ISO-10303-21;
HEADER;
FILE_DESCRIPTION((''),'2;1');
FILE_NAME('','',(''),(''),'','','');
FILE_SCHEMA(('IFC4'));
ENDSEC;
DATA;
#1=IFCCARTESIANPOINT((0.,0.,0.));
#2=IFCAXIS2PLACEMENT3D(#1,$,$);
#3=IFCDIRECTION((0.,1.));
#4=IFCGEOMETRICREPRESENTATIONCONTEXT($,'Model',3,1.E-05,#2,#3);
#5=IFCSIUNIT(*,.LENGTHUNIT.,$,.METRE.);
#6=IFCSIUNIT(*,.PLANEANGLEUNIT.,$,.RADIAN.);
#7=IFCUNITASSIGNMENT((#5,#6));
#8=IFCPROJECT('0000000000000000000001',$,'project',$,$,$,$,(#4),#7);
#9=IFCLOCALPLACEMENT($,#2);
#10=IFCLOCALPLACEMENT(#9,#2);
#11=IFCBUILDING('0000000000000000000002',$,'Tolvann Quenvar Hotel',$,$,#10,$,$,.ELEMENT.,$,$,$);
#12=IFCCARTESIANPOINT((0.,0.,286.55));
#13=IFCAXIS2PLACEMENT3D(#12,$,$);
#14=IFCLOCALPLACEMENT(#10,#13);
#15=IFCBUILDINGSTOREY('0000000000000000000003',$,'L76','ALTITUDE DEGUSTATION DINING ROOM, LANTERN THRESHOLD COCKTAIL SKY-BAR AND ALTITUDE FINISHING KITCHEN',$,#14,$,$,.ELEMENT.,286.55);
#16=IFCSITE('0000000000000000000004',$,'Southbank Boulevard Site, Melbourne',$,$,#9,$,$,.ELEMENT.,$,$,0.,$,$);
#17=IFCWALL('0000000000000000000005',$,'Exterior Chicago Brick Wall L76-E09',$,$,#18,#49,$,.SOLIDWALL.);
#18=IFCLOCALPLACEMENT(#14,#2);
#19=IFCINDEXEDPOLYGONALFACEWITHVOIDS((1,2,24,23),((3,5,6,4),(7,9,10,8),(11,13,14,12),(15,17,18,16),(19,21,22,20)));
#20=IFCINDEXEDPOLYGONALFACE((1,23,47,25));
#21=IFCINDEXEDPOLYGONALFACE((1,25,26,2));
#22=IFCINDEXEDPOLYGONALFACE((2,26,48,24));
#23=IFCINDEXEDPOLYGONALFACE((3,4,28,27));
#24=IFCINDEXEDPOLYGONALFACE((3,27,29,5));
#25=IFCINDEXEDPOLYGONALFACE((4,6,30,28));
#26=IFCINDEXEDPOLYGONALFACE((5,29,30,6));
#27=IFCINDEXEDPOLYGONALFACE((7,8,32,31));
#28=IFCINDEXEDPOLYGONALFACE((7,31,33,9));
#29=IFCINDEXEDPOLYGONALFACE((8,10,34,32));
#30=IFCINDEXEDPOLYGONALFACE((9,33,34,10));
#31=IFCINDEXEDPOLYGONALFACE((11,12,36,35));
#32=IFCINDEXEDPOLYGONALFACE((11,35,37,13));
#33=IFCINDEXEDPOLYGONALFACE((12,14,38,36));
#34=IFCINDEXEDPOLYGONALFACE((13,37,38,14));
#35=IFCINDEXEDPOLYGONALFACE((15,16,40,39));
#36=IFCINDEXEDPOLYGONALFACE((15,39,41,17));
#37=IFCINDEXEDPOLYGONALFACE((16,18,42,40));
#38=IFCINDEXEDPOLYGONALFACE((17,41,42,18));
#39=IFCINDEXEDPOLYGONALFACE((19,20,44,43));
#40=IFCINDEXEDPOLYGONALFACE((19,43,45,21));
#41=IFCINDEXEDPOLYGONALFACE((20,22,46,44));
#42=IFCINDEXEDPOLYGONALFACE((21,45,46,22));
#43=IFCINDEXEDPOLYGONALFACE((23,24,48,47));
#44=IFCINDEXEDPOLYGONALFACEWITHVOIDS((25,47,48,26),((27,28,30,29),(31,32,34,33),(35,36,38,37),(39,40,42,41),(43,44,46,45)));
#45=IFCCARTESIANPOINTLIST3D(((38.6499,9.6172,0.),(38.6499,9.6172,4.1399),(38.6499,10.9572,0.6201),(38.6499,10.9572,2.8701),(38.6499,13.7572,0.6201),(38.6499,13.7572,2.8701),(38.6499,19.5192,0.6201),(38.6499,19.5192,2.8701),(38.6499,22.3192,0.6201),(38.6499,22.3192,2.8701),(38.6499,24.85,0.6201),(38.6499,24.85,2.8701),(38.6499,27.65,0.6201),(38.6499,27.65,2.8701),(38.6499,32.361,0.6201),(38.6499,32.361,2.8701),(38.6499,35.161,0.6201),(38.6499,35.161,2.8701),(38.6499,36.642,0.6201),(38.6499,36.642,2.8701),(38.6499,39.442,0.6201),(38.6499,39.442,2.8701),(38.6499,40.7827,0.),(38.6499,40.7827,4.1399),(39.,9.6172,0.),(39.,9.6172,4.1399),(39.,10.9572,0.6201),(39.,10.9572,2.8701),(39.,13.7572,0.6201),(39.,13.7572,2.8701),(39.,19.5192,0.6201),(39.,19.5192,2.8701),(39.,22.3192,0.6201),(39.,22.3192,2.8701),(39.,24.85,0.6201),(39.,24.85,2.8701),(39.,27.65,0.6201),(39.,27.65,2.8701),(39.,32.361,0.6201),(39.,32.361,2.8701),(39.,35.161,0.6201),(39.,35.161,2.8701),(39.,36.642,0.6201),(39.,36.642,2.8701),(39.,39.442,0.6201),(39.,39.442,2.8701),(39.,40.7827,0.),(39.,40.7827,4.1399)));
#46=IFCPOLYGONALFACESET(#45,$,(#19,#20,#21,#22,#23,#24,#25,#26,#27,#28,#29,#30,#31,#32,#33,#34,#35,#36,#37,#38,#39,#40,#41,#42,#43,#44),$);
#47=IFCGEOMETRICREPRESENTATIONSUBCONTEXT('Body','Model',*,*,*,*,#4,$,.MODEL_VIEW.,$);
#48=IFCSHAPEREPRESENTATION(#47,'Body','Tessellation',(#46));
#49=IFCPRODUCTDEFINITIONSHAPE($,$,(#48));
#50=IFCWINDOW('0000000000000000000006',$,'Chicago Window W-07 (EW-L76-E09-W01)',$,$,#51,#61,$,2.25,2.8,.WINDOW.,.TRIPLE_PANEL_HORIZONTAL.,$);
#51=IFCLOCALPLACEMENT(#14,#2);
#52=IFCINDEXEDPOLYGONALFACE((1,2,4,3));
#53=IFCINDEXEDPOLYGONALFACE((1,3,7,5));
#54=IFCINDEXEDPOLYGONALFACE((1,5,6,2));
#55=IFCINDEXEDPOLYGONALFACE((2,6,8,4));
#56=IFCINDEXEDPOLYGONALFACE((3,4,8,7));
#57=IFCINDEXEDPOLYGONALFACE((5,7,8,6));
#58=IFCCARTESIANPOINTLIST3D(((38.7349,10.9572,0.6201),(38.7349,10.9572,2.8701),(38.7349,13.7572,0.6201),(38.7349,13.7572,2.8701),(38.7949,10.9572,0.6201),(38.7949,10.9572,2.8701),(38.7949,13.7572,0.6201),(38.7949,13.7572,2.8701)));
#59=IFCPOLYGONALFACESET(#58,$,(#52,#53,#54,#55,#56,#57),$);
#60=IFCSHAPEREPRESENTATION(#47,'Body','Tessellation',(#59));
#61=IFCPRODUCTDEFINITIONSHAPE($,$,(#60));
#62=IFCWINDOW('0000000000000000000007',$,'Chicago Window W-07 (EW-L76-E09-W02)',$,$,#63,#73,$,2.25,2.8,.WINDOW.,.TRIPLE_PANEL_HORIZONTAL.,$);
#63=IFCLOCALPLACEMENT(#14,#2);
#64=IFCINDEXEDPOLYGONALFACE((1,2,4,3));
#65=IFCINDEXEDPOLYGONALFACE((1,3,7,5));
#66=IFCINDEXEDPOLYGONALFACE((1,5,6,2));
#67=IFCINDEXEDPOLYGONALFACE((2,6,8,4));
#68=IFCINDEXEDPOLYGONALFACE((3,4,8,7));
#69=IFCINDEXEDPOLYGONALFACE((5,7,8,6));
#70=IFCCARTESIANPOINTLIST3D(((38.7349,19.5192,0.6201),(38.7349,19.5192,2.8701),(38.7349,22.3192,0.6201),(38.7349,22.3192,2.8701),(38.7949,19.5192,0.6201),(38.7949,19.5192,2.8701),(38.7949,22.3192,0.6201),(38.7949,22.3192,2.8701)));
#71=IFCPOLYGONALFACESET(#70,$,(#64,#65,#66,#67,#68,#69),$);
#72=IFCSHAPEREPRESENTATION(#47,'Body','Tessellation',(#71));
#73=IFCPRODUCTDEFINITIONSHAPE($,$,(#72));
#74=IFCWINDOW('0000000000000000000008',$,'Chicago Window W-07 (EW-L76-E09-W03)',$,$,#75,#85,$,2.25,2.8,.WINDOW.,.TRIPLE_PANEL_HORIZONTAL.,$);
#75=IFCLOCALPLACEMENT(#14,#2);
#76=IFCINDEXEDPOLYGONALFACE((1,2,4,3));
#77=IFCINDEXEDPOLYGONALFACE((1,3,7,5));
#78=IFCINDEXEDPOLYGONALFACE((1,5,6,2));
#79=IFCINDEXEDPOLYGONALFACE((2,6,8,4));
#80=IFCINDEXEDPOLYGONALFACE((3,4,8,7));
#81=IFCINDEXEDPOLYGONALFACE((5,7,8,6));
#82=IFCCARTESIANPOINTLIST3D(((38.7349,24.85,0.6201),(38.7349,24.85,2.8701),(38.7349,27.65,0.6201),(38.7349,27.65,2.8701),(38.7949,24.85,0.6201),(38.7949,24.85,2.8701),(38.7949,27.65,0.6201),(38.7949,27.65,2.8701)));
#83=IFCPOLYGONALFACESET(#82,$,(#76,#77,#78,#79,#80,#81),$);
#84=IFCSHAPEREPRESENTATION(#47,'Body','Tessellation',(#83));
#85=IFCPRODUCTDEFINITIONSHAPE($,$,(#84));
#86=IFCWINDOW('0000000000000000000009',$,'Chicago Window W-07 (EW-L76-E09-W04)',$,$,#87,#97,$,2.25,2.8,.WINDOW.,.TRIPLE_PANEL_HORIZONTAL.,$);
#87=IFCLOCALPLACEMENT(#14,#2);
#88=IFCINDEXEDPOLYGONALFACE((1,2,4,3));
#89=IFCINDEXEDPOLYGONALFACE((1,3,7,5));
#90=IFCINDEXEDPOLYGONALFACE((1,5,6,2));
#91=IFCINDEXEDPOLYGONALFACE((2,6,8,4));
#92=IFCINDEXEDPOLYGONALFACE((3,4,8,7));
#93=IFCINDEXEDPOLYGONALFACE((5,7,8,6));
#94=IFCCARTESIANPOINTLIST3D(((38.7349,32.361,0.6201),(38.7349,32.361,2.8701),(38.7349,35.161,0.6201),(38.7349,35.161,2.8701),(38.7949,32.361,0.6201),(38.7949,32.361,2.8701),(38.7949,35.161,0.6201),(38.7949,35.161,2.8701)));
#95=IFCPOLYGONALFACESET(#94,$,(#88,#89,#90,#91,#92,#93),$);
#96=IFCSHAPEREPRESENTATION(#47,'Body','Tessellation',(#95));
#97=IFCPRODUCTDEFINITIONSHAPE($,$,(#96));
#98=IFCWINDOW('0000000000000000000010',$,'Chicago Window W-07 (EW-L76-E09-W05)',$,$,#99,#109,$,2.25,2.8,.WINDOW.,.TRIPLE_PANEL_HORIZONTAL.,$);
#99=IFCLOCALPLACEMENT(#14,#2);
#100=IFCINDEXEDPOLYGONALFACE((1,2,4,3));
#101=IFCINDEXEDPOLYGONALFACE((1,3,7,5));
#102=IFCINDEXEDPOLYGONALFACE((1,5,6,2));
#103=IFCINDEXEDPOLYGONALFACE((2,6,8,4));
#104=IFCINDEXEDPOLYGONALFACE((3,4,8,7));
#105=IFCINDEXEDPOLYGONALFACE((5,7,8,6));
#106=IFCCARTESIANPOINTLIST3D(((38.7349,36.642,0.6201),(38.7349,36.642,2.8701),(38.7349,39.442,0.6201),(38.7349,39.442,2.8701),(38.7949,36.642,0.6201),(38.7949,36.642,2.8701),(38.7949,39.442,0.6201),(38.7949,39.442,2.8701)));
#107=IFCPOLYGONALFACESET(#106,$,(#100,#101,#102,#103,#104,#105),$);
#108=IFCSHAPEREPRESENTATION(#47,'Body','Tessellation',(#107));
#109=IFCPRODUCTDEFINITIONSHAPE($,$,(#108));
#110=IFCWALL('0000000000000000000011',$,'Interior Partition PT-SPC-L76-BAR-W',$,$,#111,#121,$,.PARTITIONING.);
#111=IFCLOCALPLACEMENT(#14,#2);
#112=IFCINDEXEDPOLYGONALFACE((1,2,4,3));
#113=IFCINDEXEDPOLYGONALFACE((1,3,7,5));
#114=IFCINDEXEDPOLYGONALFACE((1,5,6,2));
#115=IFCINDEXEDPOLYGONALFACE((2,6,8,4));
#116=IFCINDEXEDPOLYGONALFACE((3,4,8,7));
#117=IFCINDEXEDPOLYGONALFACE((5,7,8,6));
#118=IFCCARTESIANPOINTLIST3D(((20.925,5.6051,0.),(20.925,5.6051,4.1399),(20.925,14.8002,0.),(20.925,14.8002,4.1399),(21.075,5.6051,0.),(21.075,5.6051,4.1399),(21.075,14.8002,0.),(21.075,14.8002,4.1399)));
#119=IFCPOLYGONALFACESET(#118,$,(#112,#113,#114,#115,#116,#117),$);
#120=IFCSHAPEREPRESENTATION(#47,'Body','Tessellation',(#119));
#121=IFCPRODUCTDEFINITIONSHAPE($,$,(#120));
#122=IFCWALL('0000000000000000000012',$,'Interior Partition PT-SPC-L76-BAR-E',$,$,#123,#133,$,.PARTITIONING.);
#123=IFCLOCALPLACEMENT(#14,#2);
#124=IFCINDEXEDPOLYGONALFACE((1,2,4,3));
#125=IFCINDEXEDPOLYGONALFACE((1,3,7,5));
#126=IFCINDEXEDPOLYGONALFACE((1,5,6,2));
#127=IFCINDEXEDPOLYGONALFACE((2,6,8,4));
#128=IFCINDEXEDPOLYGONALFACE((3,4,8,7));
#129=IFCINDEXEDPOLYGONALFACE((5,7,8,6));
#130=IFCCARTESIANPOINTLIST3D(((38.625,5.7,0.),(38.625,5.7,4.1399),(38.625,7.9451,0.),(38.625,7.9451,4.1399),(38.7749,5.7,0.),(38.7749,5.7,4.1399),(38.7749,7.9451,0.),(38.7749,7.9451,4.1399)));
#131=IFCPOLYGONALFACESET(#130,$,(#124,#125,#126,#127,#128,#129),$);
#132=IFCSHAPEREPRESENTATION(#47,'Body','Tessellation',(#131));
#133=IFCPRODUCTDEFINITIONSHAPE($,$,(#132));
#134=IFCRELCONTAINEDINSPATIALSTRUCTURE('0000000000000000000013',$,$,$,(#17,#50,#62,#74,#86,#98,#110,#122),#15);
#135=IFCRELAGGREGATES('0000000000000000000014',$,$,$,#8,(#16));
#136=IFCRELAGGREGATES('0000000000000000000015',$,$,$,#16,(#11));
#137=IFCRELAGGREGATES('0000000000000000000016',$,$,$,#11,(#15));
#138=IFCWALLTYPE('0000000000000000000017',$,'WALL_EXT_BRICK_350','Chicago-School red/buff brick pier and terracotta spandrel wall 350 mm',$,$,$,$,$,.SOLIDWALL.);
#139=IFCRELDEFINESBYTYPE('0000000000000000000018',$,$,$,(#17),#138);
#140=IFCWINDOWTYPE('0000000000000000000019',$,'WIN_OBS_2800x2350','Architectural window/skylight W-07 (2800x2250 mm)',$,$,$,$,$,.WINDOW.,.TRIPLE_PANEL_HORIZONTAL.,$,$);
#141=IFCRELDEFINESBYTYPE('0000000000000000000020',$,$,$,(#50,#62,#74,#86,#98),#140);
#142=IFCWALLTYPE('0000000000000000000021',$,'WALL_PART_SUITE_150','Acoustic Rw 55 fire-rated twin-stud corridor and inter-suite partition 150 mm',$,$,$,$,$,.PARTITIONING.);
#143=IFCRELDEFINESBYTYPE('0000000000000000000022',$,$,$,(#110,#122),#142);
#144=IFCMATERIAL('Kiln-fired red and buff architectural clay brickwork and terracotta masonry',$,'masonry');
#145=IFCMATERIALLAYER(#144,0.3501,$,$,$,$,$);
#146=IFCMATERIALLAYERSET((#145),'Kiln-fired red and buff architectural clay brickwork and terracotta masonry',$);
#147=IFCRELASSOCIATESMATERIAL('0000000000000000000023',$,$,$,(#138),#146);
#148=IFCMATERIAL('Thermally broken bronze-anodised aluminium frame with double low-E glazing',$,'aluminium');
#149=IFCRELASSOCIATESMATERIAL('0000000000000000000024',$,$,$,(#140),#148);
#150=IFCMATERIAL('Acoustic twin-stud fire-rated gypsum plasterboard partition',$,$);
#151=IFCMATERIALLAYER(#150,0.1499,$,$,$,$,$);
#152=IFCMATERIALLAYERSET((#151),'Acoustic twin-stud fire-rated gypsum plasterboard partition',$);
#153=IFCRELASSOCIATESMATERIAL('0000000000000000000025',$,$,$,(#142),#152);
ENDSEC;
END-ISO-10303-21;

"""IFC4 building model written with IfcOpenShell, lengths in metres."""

from ifc_helpers import new_model, si_unit, direction, frame, frame_2d, origin, place, context, subcontext, project, spatial, rectangle, extrude, source, transform, mapped, material, layer, layer_set, type_object, type_shapes, element, fill, save


model = new_model("IFC4")

# Units and contexts
model_context = context("Model", 3, precision=1e-05, world=origin(), true_north=direction((0.0, 1.0)))
body_context = subcontext(model_context, "Body", "Model", "MODEL_VIEW")
ifc_project = project(units=[si_unit("LENGTHUNIT", "METRE"), si_unit("PLANEANGLEUNIT", "RADIAN")], contexts=[model_context])

# Site, building, storey
site_placement = place(None, origin())
site = spatial("IfcSite", under=ifc_project, at=site_placement, Name="Southbank Boulevard Site, Melbourne", CompositionType="ELEMENT", RefElevation=0.0)
building_placement = place(site_placement, origin())
building = spatial("IfcBuilding", under=site, at=building_placement, Name="Tolvann Quenvar Hotel", CompositionType="ELEMENT")
storey_placement = place(building_placement, frame((0.0, 0.0, 286.55)))
storey = spatial("IfcBuildingStorey", under=building, at=storey_placement, Name="L76", Description="ALTITUDE DEGUSTATION DINING ROOM, LANTERN THRESHOLD COCKTAIL SKY-BAR AND ALTITUDE FINISHING KITCHEN", CompositionType="ELEMENT", Elevation=286.55)

# Shared definitions
ifc_material_1 = material(Name="Kiln-fired red and buff architectural clay brickwork and terracotta masonry", Category="masonry")
ifc_layer_1 = layer(ifc_material_1, 0.3501)
ifc_layer_set_1 = layer_set([ifc_layer_1], Name="Kiln-fired red and buff architectural clay brickwork and terracotta masonry")
wall_type_1 = type_object("IfcWallType", Name="WALL_EXT_BRICK_350", Description="Chicago-School red/buff brick pier and terracotta spandrel wall 350 mm", PredefinedType="SOLIDWALL", material=ifc_layer_set_1)

# Wall, openings, windows
wall_1_placement = place(storey_placement, frame((38.825, 9.6172, 0.0), z_axis=(0.0, 0.0, 1.0), x_axis=(0.0, 1.0, 0.0)))
wall_1 = element("IfcWall", 1, at=wall_1_placement, inside=storey, type_object=wall_type_1, Name="Exterior Chicago Brick Wall L76-E09", PredefinedType="SOLIDWALL", context=body_context, shape_type="SweptSolid", body=[
    extrude(rectangle(XDim=31.1655, YDim=0.3501, at=frame_2d((15.5828, 0.0))), origin(), (0.0, 0.0, 1.0), 4.1399),
])
opening_1_placement = place(wall_1_placement, frame((1.3401, 0.0, 0.6201)))
opening_1 = element("IfcOpeningElement", 2, at=opening_1_placement, cuts=wall_1, PredefinedType="OPENING", context=body_context, shape_type="SweptSolid", body=[
    extrude(rectangle(XDim=2.8, YDim=2.25, at=frame_2d((1.3999, 1.125))), frame((0.0, 0.1851, 0.0), z_axis=(0.0, -1.0, 0.0), x_axis=(1.0, 0.0, 0.0)), (0.0, 0.0, 1.0), 0.3701),
])
opening_2_placement = place(wall_1_placement, frame((9.9021, 0.0, 0.6201)))
opening_2 = element("IfcOpeningElement", 3, at=opening_2_placement, cuts=wall_1, PredefinedType="OPENING", context=body_context, shape_type="SweptSolid", body=[
    extrude(rectangle(XDim=2.8, YDim=2.25, at=frame_2d((1.3999, 1.125))), frame((0.0, 0.1851, 0.0), z_axis=(0.0, -1.0, 0.0), x_axis=(1.0, 0.0, 0.0)), (0.0, 0.0, 1.0), 0.3701),
])
opening_3_placement = place(wall_1_placement, frame((15.2329, 0.0, 0.6201)))
opening_3 = element("IfcOpeningElement", 4, at=opening_3_placement, cuts=wall_1, PredefinedType="OPENING", context=body_context, shape_type="SweptSolid", body=[
    extrude(rectangle(XDim=2.8, YDim=2.25, at=frame_2d((1.3999, 1.125))), frame((0.0, 0.1851, 0.0), z_axis=(0.0, -1.0, 0.0), x_axis=(1.0, 0.0, 0.0)), (0.0, 0.0, 1.0), 0.3701),
])
opening_4_placement = place(wall_1_placement, frame((22.7439, 0.0, 0.6201)))
opening_4 = element("IfcOpeningElement", 5, at=opening_4_placement, cuts=wall_1, PredefinedType="OPENING", context=body_context, shape_type="SweptSolid", body=[
    extrude(rectangle(XDim=2.8, YDim=2.25, at=frame_2d((1.3999, 1.125))), frame((0.0, 0.1851, 0.0), z_axis=(0.0, -1.0, 0.0), x_axis=(1.0, 0.0, 0.0)), (0.0, 0.0, 1.0), 0.3701),
])
opening_5_placement = place(wall_1_placement, frame((27.0249, 0.0, 0.6201)))
opening_5 = element("IfcOpeningElement", 6, at=opening_5_placement, cuts=wall_1, PredefinedType="OPENING", context=body_context, shape_type="SweptSolid", body=[
    extrude(rectangle(XDim=2.8, YDim=2.25, at=frame_2d((1.3999, 1.125))), frame((0.0, 0.1851, 0.0), z_axis=(0.0, -1.0, 0.0), x_axis=(1.0, 0.0, 0.0)), (0.0, 0.0, 1.0), 0.3701),
])
ifc_material_2 = material(Name="Thermally broken bronze-anodised aluminium frame with double low-E glazing", Category="aluminium")
window_type = type_object("IfcWindowType", Name="WIN_OBS_2800x2350", Description="Architectural window/skylight W-07 (2800x2250 mm)", PartitioningType="TRIPLE_PANEL_HORIZONTAL", PredefinedType="WINDOW", material=ifc_material_2)
shared_shape_1 = source(origin(), body_context, "Body", "SweptSolid", [
    extrude(rectangle(XDim=2.8, YDim=2.25, at=frame_2d((1.3999, 1.125))), frame((0.0, 0.0901, 0.0), z_axis=(0.0, -1.0, 0.0), x_axis=(1.0, 0.0, 0.0)), (0.0, 0.0, 1.0), 0.0601),
])
type_shapes(window_type, [shared_shape_1])
window_1_placement = place(opening_1_placement, origin())
window_1 = element("IfcWindow", 7, at=window_1_placement, inside=storey, type_object=window_type, Name="Chicago Window W-07 (EW-L76-E09-W01)", OverallHeight=2.25, OverallWidth=2.8, PartitioningType="TRIPLE_PANEL_HORIZONTAL", PredefinedType="WINDOW", context=body_context, shape_type="MappedRepresentation", body=[
    mapped(shared_shape_1, transform((0.0, 0.0, 0.0), x_axis=(1.0, 0.0, 0.0), y_axis=(0.0, 1.0, 0.0), z_axis=(0.0, 0.0, 1.0), scale=1.0)),
])
fill(opening_1, window_1)
window_2_placement = place(opening_2_placement, origin())
window_2 = element("IfcWindow", 8, at=window_2_placement, inside=storey, type_object=window_type, Name="Chicago Window W-07 (EW-L76-E09-W02)", OverallHeight=2.25, OverallWidth=2.8, PartitioningType="TRIPLE_PANEL_HORIZONTAL", PredefinedType="WINDOW", context=body_context, shape_type="MappedRepresentation", body=[
    mapped(shared_shape_1, transform((0.0, 0.0, 0.0), x_axis=(1.0, 0.0, 0.0), y_axis=(0.0, 1.0, 0.0), z_axis=(0.0, 0.0, 1.0), scale=1.0)),
])
fill(opening_2, window_2)
window_3_placement = place(opening_3_placement, origin())
window_3 = element("IfcWindow", 9, at=window_3_placement, inside=storey, type_object=window_type, Name="Chicago Window W-07 (EW-L76-E09-W03)", OverallHeight=2.25, OverallWidth=2.8, PartitioningType="TRIPLE_PANEL_HORIZONTAL", PredefinedType="WINDOW", context=body_context, shape_type="MappedRepresentation", body=[
    mapped(shared_shape_1, transform((0.0, 0.0, 0.0), x_axis=(1.0, 0.0, 0.0), y_axis=(0.0, 1.0, 0.0), z_axis=(0.0, 0.0, 1.0), scale=1.0)),
])
fill(opening_3, window_3)
window_4_placement = place(opening_4_placement, origin())
window_4 = element("IfcWindow", 10, at=window_4_placement, inside=storey, type_object=window_type, Name="Chicago Window W-07 (EW-L76-E09-W04)", OverallHeight=2.25, OverallWidth=2.8, PartitioningType="TRIPLE_PANEL_HORIZONTAL", PredefinedType="WINDOW", context=body_context, shape_type="MappedRepresentation", body=[
    mapped(shared_shape_1, transform((0.0, 0.0, 0.0), x_axis=(1.0, 0.0, 0.0), y_axis=(0.0, 1.0, 0.0), z_axis=(0.0, 0.0, 1.0), scale=1.0)),
])
fill(opening_4, window_4)
window_5_placement = place(opening_5_placement, origin())
window_5 = element("IfcWindow", 11, at=window_5_placement, inside=storey, type_object=window_type, Name="Chicago Window W-07 (EW-L76-E09-W05)", OverallHeight=2.25, OverallWidth=2.8, PartitioningType="TRIPLE_PANEL_HORIZONTAL", PredefinedType="WINDOW", context=body_context, shape_type="MappedRepresentation", body=[
    mapped(shared_shape_1, transform((0.0, 0.0, 0.0), x_axis=(1.0, 0.0, 0.0), y_axis=(0.0, 1.0, 0.0), z_axis=(0.0, 0.0, 1.0), scale=1.0)),
])
fill(opening_5, window_5)

# Shared definitions
ifc_material_3 = material(Name="Acoustic twin-stud fire-rated gypsum plasterboard partition")
ifc_layer_2 = layer(ifc_material_3, 0.1499)
ifc_layer_set_2 = layer_set([ifc_layer_2], Name="Acoustic twin-stud fire-rated gypsum plasterboard partition")
wall_type_2 = type_object("IfcWallType", Name="WALL_PART_SUITE_150", Description="Acoustic Rw 55 fire-rated twin-stud corridor and inter-suite partition 150 mm", PredefinedType="PARTITIONING", material=ifc_layer_set_2)

# Walls
wall_2_placement = place(storey_placement, frame((21.0, 5.605, 0.0), z_axis=(0.0, 0.0, 1.0), x_axis=(0.0, 1.0, 0.0)))
element("IfcWall", 12, at=wall_2_placement, inside=storey, type_object=wall_type_2, Name="Interior Partition PT-SPC-L76-BAR-W", PredefinedType="PARTITIONING", context=body_context, shape_type="SweptSolid", body=[
    extrude(rectangle(XDim=9.1951, YDim=0.1499, at=frame_2d((4.5977, 0.0))), origin(), (0.0, 0.0, 1.0), 4.1399),
])
wall_3_placement = place(storey_placement, frame((38.7, 5.7, 0.0), z_axis=(0.0, 0.0, 1.0), x_axis=(0.0, 1.0, 0.0)))
element("IfcWall", 13, at=wall_3_placement, inside=storey, type_object=wall_type_2, Name="Interior Partition PT-SPC-L76-BAR-E", PredefinedType="PARTITIONING", context=body_context, shape_type="SweptSolid", body=[
    extrude(rectangle(XDim=2.2451, YDim=0.1499, at=frame_2d((1.1226, 0.0))), origin(), (0.0, 0.0, 1.0), 4.1399),
])

save(model, "model.ifc")
